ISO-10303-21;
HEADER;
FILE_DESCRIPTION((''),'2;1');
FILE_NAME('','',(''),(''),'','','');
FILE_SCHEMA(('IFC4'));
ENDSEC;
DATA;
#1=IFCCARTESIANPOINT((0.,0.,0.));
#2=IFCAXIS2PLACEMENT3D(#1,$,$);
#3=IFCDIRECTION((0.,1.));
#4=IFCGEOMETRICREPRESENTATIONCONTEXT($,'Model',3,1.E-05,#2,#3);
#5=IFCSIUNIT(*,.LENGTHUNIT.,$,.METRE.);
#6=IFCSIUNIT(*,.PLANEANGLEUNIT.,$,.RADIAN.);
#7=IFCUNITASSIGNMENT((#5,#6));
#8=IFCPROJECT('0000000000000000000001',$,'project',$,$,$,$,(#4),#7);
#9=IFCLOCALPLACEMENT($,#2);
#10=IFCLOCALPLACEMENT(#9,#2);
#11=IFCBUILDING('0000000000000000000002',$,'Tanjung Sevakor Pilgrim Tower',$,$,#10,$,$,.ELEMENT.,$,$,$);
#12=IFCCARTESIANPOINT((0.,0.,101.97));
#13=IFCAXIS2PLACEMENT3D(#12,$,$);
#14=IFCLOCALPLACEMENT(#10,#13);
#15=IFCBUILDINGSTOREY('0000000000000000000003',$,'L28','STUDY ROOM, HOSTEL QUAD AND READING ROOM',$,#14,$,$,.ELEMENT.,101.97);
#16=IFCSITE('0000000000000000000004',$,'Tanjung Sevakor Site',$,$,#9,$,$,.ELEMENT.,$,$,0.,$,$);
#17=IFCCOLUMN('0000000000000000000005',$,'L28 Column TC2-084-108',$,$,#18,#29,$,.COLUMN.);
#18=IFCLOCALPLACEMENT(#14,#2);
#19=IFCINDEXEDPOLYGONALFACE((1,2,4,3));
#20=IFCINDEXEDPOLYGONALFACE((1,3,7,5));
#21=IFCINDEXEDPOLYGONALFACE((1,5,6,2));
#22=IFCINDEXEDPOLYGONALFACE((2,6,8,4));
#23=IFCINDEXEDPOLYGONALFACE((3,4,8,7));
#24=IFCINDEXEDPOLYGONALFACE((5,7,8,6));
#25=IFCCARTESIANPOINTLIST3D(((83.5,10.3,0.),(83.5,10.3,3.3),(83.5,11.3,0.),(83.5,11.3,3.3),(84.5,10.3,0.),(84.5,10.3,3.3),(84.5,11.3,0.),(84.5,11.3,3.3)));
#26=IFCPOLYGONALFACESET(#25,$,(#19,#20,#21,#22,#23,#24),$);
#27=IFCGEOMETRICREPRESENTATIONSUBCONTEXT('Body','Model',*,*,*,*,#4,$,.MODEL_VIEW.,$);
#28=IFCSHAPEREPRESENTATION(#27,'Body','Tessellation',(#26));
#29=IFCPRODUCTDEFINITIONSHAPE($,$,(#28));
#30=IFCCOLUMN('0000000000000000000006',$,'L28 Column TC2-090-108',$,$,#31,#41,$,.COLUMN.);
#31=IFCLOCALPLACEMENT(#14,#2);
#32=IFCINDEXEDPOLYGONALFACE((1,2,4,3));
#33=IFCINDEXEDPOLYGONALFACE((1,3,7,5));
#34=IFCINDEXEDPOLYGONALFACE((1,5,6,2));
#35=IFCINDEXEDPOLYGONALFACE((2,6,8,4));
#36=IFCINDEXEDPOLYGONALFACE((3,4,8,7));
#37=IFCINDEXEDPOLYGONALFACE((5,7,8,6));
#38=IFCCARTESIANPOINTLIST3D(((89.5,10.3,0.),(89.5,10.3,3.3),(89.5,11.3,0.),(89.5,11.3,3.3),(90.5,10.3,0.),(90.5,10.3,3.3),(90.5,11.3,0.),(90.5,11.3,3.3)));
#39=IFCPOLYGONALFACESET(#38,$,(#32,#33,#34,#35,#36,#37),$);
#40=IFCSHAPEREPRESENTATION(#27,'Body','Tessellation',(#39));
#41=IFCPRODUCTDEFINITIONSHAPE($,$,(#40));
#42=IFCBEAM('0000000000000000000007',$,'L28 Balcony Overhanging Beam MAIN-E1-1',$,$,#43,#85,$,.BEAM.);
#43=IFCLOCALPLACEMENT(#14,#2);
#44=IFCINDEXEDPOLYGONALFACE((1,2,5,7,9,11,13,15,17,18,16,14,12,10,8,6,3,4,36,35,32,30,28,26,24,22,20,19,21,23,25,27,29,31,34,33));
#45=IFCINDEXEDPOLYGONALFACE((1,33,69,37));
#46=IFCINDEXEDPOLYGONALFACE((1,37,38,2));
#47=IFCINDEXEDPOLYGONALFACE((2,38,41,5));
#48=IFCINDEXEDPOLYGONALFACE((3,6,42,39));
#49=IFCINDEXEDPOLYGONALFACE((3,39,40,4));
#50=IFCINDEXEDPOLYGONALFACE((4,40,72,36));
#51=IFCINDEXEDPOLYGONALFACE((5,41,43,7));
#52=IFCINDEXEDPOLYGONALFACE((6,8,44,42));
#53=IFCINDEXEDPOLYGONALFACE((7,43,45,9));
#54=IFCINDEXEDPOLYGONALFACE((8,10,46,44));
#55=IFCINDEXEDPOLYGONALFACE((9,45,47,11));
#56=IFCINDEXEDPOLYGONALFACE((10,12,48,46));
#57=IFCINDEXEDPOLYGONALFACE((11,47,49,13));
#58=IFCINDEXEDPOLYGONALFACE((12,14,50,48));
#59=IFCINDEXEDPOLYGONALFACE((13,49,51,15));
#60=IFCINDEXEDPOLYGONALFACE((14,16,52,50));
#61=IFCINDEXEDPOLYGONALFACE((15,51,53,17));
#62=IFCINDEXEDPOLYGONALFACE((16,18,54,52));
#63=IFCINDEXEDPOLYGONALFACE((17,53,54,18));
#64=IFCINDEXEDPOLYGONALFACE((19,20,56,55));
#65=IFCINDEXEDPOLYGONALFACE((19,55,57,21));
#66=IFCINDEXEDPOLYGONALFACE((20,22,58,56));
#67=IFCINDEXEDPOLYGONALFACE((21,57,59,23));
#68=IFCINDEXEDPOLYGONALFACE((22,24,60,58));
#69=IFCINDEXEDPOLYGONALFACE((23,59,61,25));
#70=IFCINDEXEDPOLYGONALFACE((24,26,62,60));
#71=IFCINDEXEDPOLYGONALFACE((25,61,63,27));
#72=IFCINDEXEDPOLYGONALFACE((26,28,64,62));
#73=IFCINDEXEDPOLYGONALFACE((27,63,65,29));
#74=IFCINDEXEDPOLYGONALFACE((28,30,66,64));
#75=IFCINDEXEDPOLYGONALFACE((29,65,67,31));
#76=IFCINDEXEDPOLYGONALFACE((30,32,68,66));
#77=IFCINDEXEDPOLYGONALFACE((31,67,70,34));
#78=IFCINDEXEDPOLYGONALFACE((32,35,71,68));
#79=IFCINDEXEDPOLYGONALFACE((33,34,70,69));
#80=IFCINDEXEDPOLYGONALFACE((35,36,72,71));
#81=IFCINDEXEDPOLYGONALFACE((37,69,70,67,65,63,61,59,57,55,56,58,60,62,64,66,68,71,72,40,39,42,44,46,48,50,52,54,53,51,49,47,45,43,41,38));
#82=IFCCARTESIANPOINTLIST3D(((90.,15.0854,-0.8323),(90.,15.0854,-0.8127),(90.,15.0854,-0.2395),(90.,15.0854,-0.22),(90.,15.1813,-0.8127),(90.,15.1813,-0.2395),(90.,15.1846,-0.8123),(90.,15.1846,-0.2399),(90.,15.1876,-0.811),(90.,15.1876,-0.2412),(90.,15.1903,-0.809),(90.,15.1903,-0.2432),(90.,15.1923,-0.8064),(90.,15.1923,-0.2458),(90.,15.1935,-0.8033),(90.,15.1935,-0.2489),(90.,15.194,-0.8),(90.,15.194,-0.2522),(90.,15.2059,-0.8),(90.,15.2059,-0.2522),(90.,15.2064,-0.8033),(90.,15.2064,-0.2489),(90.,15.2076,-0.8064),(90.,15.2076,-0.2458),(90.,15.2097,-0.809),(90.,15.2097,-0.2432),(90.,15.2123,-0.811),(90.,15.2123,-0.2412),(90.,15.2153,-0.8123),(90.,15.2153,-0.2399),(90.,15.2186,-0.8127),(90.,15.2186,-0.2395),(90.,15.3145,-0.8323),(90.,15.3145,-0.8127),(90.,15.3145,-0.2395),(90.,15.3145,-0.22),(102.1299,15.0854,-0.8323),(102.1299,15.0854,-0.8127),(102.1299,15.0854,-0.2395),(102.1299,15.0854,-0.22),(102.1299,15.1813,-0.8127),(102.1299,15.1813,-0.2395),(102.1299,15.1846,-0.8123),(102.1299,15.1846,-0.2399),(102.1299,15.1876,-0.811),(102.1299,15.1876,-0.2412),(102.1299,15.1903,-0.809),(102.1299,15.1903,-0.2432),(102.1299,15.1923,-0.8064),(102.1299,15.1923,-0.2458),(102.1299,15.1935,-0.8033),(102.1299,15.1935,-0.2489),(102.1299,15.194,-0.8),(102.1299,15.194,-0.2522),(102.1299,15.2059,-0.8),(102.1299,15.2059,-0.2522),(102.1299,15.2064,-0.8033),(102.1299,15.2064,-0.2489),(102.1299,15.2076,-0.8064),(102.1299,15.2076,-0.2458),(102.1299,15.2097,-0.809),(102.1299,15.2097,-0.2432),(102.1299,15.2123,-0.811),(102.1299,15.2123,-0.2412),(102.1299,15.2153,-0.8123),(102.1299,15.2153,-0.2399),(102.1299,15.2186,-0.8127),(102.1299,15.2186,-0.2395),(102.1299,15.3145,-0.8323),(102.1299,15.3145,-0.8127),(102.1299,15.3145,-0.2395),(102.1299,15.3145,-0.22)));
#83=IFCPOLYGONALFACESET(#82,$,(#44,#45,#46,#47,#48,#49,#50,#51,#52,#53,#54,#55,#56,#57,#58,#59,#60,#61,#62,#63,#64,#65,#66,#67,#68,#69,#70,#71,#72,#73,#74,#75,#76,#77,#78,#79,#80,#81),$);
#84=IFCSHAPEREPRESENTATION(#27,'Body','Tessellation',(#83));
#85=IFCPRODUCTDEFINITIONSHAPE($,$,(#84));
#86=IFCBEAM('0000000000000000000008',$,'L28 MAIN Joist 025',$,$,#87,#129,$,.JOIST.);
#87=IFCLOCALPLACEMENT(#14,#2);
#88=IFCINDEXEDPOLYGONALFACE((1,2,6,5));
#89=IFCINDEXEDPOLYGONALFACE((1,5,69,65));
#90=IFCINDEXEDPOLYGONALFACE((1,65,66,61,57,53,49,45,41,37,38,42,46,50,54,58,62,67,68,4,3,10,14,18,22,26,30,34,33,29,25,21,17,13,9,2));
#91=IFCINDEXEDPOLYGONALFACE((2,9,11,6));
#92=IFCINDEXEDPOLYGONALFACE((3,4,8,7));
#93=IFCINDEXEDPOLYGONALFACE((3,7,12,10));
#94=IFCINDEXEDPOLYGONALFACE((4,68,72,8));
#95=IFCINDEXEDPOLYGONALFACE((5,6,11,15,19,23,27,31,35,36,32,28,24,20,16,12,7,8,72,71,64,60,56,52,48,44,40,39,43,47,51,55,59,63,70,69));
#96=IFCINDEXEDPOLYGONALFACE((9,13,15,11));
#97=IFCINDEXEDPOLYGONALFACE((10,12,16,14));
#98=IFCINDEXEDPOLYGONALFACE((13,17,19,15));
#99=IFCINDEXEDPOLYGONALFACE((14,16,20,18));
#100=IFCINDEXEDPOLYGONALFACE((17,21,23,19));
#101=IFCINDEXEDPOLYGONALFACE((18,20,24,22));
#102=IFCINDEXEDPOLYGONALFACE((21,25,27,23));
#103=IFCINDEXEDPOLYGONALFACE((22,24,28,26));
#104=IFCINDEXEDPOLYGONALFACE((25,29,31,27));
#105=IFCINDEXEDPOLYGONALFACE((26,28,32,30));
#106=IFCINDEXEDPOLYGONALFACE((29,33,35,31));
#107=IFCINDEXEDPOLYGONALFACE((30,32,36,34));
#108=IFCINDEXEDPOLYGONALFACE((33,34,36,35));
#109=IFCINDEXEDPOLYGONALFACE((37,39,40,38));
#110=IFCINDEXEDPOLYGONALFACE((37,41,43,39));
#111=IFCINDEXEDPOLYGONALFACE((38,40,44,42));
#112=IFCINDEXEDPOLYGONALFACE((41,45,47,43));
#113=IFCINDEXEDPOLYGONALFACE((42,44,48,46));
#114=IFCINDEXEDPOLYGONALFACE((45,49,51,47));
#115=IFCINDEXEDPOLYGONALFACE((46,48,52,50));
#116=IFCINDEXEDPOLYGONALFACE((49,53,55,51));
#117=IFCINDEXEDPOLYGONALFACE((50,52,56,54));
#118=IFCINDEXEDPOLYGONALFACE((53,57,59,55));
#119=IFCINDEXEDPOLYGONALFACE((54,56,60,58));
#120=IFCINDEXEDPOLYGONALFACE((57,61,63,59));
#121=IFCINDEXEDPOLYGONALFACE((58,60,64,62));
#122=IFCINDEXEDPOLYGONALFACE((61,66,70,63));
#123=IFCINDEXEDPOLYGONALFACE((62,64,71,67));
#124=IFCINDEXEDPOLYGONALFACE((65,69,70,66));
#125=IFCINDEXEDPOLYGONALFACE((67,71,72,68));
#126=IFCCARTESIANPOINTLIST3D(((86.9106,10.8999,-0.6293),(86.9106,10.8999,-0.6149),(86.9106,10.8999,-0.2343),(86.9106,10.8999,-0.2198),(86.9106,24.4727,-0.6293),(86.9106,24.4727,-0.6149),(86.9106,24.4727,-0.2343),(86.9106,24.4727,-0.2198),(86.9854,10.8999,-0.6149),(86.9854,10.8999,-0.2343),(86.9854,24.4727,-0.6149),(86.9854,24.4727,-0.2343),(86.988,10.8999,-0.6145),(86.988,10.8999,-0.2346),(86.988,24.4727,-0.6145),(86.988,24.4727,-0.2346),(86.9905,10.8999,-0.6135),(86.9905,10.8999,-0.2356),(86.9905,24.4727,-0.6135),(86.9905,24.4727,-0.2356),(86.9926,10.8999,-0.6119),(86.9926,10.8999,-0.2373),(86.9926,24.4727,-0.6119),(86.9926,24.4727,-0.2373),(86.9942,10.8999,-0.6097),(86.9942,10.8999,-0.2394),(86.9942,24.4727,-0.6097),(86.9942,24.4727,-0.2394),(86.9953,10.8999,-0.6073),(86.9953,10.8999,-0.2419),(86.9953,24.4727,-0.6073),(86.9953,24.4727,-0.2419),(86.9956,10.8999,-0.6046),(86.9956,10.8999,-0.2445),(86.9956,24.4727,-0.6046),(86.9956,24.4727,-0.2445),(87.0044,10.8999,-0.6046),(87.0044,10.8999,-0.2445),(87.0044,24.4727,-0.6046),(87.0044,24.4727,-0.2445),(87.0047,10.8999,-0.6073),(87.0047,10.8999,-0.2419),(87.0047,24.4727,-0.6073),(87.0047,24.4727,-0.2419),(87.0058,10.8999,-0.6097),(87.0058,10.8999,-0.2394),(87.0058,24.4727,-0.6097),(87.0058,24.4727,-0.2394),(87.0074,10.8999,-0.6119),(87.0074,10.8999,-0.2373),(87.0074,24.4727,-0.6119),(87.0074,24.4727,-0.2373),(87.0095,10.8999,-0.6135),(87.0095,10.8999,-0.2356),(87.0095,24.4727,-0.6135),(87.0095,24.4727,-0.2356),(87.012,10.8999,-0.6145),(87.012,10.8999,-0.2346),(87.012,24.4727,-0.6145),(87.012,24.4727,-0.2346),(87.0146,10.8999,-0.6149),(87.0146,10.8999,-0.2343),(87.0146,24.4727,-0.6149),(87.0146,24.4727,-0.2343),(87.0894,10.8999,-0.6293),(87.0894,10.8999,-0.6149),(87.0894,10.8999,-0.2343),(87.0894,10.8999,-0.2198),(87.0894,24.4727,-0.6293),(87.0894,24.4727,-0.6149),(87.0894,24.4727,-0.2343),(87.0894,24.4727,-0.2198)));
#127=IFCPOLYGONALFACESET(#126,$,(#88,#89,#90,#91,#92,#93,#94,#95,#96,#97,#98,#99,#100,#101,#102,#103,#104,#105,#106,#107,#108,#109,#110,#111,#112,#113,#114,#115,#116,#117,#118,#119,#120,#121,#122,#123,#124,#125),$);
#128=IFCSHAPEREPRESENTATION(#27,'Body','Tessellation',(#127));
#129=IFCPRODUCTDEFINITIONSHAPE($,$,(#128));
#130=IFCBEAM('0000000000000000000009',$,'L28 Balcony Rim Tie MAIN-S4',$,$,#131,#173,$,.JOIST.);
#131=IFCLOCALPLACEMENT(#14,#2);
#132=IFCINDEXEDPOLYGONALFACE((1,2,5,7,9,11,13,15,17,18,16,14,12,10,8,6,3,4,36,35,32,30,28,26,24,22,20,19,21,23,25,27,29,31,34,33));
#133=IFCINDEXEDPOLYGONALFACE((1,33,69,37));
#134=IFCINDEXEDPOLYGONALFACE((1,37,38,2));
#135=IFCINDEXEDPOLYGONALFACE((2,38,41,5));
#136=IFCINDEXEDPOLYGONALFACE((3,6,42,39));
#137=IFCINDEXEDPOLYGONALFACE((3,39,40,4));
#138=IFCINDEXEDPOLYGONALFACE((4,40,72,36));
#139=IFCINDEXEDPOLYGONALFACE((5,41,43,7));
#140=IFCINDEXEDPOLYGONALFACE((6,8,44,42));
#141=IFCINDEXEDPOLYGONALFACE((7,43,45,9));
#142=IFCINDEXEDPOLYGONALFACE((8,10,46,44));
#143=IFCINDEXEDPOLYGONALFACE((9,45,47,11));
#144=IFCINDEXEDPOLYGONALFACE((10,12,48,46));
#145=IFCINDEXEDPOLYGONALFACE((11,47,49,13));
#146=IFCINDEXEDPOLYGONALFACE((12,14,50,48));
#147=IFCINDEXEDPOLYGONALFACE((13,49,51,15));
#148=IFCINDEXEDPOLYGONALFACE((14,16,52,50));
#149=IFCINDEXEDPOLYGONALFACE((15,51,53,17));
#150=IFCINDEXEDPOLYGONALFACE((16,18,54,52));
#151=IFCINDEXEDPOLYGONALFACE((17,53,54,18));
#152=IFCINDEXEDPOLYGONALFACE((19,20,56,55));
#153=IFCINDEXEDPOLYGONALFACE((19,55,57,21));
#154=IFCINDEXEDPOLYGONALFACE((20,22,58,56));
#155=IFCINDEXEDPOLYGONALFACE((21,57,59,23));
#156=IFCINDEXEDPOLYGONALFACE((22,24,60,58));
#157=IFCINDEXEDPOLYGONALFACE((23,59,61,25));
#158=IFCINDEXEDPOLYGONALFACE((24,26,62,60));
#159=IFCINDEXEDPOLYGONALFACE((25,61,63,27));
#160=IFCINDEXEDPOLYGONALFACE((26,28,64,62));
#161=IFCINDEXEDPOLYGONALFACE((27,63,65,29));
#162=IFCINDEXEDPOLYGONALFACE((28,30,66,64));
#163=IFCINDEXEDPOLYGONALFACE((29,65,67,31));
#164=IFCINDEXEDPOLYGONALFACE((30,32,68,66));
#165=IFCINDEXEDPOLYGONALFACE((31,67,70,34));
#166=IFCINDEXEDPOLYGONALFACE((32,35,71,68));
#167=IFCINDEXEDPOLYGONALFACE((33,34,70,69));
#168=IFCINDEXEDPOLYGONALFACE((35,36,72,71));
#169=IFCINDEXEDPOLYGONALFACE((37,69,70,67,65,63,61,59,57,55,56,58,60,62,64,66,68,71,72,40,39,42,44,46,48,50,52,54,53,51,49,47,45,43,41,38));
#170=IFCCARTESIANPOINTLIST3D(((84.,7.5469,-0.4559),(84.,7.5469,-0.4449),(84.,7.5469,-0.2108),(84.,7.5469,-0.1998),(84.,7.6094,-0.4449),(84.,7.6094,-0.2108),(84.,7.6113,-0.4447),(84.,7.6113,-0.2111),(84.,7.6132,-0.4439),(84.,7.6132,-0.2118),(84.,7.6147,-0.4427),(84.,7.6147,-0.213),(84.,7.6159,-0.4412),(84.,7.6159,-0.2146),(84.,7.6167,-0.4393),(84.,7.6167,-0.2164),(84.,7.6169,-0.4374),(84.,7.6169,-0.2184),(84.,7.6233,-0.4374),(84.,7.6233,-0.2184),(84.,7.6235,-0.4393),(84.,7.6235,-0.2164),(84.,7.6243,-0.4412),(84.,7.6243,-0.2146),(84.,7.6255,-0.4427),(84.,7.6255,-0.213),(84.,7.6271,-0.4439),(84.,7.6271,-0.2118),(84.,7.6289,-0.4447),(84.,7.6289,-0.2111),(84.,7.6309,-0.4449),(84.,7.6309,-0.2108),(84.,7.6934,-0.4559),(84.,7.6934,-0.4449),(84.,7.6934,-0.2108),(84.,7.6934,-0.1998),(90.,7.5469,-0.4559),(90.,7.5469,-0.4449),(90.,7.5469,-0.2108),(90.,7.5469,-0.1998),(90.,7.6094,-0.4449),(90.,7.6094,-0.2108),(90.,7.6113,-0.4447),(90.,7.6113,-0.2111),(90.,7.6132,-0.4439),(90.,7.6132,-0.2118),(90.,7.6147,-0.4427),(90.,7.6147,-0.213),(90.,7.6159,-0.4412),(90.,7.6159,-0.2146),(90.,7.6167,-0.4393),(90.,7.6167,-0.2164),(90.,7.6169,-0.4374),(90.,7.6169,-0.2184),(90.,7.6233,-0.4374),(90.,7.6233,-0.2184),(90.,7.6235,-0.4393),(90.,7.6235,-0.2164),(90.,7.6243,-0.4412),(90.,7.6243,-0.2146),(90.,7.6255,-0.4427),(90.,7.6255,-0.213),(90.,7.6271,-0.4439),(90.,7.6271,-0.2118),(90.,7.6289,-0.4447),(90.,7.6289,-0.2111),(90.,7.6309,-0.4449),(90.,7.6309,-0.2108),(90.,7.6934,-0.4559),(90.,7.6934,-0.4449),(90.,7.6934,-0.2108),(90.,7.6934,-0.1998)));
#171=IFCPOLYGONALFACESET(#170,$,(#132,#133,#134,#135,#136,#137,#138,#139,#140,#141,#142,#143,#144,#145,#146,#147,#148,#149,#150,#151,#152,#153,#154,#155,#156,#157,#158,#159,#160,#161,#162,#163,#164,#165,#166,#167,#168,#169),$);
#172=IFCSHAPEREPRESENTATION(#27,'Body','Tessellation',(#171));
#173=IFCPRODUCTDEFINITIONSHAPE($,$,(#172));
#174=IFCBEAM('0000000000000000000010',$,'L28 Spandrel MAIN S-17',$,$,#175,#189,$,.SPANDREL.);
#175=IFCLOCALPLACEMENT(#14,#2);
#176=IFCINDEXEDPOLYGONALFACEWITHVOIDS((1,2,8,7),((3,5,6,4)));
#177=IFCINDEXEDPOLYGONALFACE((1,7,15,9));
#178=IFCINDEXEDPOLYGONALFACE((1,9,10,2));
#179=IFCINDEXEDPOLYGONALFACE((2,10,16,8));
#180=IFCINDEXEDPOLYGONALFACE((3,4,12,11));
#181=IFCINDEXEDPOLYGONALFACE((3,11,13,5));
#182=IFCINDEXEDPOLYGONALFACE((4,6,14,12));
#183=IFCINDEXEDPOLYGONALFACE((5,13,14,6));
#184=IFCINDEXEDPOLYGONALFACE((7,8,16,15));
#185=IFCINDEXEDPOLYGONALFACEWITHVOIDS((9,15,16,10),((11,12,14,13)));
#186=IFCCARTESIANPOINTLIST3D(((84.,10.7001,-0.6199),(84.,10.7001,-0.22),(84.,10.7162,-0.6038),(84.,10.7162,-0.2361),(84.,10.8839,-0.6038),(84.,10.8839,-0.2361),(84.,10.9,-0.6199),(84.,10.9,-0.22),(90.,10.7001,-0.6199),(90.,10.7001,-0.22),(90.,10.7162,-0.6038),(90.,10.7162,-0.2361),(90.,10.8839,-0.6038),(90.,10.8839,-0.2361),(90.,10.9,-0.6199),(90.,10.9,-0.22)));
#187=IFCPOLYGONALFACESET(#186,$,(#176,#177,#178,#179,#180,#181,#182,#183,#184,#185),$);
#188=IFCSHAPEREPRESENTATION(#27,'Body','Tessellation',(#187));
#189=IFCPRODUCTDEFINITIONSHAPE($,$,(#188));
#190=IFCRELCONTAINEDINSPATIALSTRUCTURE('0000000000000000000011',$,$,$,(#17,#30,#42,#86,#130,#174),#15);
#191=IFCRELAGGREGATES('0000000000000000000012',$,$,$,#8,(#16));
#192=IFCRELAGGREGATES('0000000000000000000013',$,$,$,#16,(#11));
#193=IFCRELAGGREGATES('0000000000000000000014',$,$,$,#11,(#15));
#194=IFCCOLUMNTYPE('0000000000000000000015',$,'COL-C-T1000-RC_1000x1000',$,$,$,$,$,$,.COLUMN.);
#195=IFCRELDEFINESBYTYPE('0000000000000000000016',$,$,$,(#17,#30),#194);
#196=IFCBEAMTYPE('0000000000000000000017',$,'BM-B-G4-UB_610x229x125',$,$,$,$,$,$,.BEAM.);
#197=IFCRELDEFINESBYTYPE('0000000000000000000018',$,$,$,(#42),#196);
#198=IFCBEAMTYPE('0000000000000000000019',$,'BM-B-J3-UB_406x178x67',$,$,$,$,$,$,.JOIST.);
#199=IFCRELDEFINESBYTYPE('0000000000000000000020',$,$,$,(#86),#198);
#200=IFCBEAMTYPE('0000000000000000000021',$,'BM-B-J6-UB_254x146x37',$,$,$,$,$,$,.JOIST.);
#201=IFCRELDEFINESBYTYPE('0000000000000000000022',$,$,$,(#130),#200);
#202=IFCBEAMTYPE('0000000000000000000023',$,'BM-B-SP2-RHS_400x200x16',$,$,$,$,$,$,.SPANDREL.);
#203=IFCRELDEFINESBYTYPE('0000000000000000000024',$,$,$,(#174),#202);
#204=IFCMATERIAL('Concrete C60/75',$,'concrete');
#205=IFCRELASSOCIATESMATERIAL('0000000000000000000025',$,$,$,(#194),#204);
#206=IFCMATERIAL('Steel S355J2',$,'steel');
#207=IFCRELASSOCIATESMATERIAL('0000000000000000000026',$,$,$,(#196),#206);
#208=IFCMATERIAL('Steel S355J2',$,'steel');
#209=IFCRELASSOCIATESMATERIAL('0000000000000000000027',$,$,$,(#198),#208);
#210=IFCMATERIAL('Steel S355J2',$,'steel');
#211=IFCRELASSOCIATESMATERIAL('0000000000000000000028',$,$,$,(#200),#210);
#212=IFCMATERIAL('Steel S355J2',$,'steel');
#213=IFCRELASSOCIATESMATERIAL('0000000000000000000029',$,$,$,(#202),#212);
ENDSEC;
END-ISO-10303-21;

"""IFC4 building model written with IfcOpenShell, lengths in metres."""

from ifc_helpers import new_model, si_unit, direction, frame, origin, origin_2d, place, context, subcontext, project, spatial, rectangle, hollow_rectangle, i_section, extrude, material, material_profile, profile_set, type_object, element, save


model = new_model("IFC4")

# Units and contexts
model_context = context("Model", 3, precision=1e-05, world=origin(), true_north=direction((0.0, 1.0)))
body_context = subcontext(model_context, "Body", "Model", "MODEL_VIEW")
ifc_project = project(units=[si_unit("LENGTHUNIT", "METRE"), si_unit("PLANEANGLEUNIT", "RADIAN")], contexts=[model_context])

# Site, building, storey
site_placement = place(None, origin())
site = spatial("IfcSite", under=ifc_project, at=site_placement, Name="Tanjung Sevakor Site", CompositionType="ELEMENT", RefElevation=0.0)
building_placement = place(site_placement, origin())
building = spatial("IfcBuilding", under=site, at=building_placement, Name="Tanjung Sevakor Pilgrim Tower", CompositionType="ELEMENT")
storey_placement = place(building_placement, frame((0.0, 0.0, 101.97)))
storey = spatial("IfcBuildingStorey", under=building, at=storey_placement, Name="L28", Description="STUDY ROOM, HOSTEL QUAD AND READING ROOM", CompositionType="ELEMENT", Elevation=101.97)

# Columns
ifc_material_1 = material(Name="Concrete C60/75", Category="concrete")
ifc_material_profile_1 = material_profile(ifc_material_1, rectangle(XDim=1.0, YDim=1.0, at=origin_2d()))
ifc_profile_set_1 = profile_set([ifc_material_profile_1], Name="Concrete C60/75")
column_type = type_object("IfcColumnType", Name="COL-C-T1000-RC_1000x1000", PredefinedType="COLUMN", material=ifc_profile_set_1)
for number, where, z_axis, x_axis, name in (
    (1, (84.0, 10.8, 0.0), (0.0, 0.0, 1.0), (1.0, 0.0, 0.0), "L28 Column TC2-084-108"),
    (2, (90.0, 10.8, 0.0), (0.0, 0.0, 1.0), (1.0, 0.0, 0.0), "L28 Column TC2-090-108"),
):
    element("IfcColumn", number, at=place(storey_placement, frame(where, z_axis=z_axis, x_axis=x_axis)), inside=storey, type_object=column_type, Name=name, PredefinedType="COLUMN", context=body_context, shape_type="SweptSolid", body=[
        extrude(rectangle(XDim=1.0, YDim=1.0, at=origin_2d()), origin(), (0.0, 0.0, 1.0), 3.3),
    ])

# Beams
ifc_material_2 = material(Name="Steel S355J2", Category="steel")
ifc_material_profile_2 = material_profile(ifc_material_2, i_section(OverallWidth=0.229, OverallDepth=0.6123, WebThickness=0.012, FlangeThickness=0.0195, FilletRadius=0.0127, at=origin_2d()))
ifc_profile_set_2 = profile_set([ifc_material_profile_2], Name="Steel S355J2")
beam_type_1 = type_object("IfcBeamType", Name="BM-B-G4-UB_610x229x125", PredefinedType="BEAM", material=ifc_profile_set_2)
beam_1_placement = place(storey_placement, frame((90.0, 15.2, -0.5261), z_axis=(1.0, 0.0, 0.0), x_axis=(0.0, 1.0, 0.0)))
element("IfcBeam", 3, at=beam_1_placement, inside=storey, type_object=beam_type_1, Name="L28 Balcony Overhanging Beam MAIN-E1-1", PredefinedType="BEAM", context=body_context, shape_type="SweptSolid", body=[
    extrude(i_section(OverallWidth=0.229, OverallDepth=0.6123, WebThickness=0.012, FlangeThickness=0.0195, FilletRadius=0.0127, at=origin_2d()), origin(), (0.0, 0.0, 1.0), 12.1299),
])
ifc_material_3 = material(Name="Steel S355J2", Category="steel")
ifc_material_profile_3 = material_profile(ifc_material_3, i_section(OverallWidth=0.1787, OverallDepth=0.4094, WebThickness=0.0088, FlangeThickness=0.0144, FilletRadius=0.0103, at=origin_2d()))
ifc_profile_set_3 = profile_set([ifc_material_profile_3], Name="Steel S355J2")
beam_type_2 = type_object("IfcBeamType", Name="BM-B-J3-UB_406x178x67", PredefinedType="JOIST", material=ifc_profile_set_3)
beam_2_placement = place(storey_placement, frame((87.0, 10.8999, -0.4246), z_axis=(0.0, 1.0, 0.0), x_axis=(-1.0, 0.0, 0.0)))
element("IfcBeam", 4, at=beam_2_placement, inside=storey, type_object=beam_type_2, Name="L28 MAIN Joist 025", PredefinedType="JOIST", context=body_context, shape_type="SweptSolid", body=[
    extrude(i_section(OverallWidth=0.1787, OverallDepth=0.4094, WebThickness=0.0088, FlangeThickness=0.0144, FilletRadius=0.0103, at=origin_2d()), origin(), (0.0, 0.0, 1.0), 13.5728),
])
ifc_material_4 = material(Name="Steel S355J2", Category="steel")
ifc_material_profile_4 = material_profile(ifc_material_4, i_section(OverallWidth=0.1465, OverallDepth=0.2561, WebThickness=0.0063, FlangeThickness=0.011, FilletRadius=0.0076, at=origin_2d()))
ifc_profile_set_4 = profile_set([ifc_material_profile_4], Name="Steel S355J2")
beam_type_3 = type_object("IfcBeamType", Name="BM-B-J6-UB_254x146x37", PredefinedType="JOIST", material=ifc_profile_set_4)
beam_3_placement = place(storey_placement, frame((84.0, 7.6201, -0.3279), z_axis=(1.0, 0.0, 0.0), x_axis=(0.0, 1.0, 0.0)))
element("IfcBeam", 5, at=beam_3_placement, inside=storey, type_object=beam_type_3, Name="L28 Balcony Rim Tie MAIN-S4", PredefinedType="JOIST", context=body_context, shape_type="SweptSolid", body=[
    extrude(i_section(OverallWidth=0.1465, OverallDepth=0.2561, WebThickness=0.0063, FlangeThickness=0.011, FilletRadius=0.0076, at=origin_2d()), origin(), (0.0, 0.0, 1.0), 6.0),
])
ifc_material_5 = material(Name="Steel S355J2", Category="steel")
ifc_material_profile_5 = material_profile(ifc_material_5, hollow_rectangle(XDim=0.2, YDim=0.3999, WallThickness=0.0161, at=origin_2d()))
ifc_profile_set_5 = profile_set([ifc_material_profile_5], Name="Steel S355J2")
beam_type_4 = type_object("IfcBeamType", Name="BM-B-SP2-RHS_400x200x16", PredefinedType="SPANDREL", material=ifc_profile_set_5)
beam_4_placement = place(storey_placement, frame((84.0, 10.8, -0.4199), z_axis=(1.0, 0.0, 0.0), x_axis=(0.0, 1.0, 0.0)))
element("IfcBeam", 6, at=beam_4_placement, inside=storey, type_object=beam_type_4, Name="L28 Spandrel MAIN S-17", PredefinedType="SPANDREL", context=body_context, shape_type="SweptSolid", body=[
    extrude(hollow_rectangle(XDim=0.2, YDim=0.3999, WallThickness=0.0161, at=origin_2d()), origin(), (0.0, 0.0, 1.0), 6.0),
])

save(model, "model.ifc")
